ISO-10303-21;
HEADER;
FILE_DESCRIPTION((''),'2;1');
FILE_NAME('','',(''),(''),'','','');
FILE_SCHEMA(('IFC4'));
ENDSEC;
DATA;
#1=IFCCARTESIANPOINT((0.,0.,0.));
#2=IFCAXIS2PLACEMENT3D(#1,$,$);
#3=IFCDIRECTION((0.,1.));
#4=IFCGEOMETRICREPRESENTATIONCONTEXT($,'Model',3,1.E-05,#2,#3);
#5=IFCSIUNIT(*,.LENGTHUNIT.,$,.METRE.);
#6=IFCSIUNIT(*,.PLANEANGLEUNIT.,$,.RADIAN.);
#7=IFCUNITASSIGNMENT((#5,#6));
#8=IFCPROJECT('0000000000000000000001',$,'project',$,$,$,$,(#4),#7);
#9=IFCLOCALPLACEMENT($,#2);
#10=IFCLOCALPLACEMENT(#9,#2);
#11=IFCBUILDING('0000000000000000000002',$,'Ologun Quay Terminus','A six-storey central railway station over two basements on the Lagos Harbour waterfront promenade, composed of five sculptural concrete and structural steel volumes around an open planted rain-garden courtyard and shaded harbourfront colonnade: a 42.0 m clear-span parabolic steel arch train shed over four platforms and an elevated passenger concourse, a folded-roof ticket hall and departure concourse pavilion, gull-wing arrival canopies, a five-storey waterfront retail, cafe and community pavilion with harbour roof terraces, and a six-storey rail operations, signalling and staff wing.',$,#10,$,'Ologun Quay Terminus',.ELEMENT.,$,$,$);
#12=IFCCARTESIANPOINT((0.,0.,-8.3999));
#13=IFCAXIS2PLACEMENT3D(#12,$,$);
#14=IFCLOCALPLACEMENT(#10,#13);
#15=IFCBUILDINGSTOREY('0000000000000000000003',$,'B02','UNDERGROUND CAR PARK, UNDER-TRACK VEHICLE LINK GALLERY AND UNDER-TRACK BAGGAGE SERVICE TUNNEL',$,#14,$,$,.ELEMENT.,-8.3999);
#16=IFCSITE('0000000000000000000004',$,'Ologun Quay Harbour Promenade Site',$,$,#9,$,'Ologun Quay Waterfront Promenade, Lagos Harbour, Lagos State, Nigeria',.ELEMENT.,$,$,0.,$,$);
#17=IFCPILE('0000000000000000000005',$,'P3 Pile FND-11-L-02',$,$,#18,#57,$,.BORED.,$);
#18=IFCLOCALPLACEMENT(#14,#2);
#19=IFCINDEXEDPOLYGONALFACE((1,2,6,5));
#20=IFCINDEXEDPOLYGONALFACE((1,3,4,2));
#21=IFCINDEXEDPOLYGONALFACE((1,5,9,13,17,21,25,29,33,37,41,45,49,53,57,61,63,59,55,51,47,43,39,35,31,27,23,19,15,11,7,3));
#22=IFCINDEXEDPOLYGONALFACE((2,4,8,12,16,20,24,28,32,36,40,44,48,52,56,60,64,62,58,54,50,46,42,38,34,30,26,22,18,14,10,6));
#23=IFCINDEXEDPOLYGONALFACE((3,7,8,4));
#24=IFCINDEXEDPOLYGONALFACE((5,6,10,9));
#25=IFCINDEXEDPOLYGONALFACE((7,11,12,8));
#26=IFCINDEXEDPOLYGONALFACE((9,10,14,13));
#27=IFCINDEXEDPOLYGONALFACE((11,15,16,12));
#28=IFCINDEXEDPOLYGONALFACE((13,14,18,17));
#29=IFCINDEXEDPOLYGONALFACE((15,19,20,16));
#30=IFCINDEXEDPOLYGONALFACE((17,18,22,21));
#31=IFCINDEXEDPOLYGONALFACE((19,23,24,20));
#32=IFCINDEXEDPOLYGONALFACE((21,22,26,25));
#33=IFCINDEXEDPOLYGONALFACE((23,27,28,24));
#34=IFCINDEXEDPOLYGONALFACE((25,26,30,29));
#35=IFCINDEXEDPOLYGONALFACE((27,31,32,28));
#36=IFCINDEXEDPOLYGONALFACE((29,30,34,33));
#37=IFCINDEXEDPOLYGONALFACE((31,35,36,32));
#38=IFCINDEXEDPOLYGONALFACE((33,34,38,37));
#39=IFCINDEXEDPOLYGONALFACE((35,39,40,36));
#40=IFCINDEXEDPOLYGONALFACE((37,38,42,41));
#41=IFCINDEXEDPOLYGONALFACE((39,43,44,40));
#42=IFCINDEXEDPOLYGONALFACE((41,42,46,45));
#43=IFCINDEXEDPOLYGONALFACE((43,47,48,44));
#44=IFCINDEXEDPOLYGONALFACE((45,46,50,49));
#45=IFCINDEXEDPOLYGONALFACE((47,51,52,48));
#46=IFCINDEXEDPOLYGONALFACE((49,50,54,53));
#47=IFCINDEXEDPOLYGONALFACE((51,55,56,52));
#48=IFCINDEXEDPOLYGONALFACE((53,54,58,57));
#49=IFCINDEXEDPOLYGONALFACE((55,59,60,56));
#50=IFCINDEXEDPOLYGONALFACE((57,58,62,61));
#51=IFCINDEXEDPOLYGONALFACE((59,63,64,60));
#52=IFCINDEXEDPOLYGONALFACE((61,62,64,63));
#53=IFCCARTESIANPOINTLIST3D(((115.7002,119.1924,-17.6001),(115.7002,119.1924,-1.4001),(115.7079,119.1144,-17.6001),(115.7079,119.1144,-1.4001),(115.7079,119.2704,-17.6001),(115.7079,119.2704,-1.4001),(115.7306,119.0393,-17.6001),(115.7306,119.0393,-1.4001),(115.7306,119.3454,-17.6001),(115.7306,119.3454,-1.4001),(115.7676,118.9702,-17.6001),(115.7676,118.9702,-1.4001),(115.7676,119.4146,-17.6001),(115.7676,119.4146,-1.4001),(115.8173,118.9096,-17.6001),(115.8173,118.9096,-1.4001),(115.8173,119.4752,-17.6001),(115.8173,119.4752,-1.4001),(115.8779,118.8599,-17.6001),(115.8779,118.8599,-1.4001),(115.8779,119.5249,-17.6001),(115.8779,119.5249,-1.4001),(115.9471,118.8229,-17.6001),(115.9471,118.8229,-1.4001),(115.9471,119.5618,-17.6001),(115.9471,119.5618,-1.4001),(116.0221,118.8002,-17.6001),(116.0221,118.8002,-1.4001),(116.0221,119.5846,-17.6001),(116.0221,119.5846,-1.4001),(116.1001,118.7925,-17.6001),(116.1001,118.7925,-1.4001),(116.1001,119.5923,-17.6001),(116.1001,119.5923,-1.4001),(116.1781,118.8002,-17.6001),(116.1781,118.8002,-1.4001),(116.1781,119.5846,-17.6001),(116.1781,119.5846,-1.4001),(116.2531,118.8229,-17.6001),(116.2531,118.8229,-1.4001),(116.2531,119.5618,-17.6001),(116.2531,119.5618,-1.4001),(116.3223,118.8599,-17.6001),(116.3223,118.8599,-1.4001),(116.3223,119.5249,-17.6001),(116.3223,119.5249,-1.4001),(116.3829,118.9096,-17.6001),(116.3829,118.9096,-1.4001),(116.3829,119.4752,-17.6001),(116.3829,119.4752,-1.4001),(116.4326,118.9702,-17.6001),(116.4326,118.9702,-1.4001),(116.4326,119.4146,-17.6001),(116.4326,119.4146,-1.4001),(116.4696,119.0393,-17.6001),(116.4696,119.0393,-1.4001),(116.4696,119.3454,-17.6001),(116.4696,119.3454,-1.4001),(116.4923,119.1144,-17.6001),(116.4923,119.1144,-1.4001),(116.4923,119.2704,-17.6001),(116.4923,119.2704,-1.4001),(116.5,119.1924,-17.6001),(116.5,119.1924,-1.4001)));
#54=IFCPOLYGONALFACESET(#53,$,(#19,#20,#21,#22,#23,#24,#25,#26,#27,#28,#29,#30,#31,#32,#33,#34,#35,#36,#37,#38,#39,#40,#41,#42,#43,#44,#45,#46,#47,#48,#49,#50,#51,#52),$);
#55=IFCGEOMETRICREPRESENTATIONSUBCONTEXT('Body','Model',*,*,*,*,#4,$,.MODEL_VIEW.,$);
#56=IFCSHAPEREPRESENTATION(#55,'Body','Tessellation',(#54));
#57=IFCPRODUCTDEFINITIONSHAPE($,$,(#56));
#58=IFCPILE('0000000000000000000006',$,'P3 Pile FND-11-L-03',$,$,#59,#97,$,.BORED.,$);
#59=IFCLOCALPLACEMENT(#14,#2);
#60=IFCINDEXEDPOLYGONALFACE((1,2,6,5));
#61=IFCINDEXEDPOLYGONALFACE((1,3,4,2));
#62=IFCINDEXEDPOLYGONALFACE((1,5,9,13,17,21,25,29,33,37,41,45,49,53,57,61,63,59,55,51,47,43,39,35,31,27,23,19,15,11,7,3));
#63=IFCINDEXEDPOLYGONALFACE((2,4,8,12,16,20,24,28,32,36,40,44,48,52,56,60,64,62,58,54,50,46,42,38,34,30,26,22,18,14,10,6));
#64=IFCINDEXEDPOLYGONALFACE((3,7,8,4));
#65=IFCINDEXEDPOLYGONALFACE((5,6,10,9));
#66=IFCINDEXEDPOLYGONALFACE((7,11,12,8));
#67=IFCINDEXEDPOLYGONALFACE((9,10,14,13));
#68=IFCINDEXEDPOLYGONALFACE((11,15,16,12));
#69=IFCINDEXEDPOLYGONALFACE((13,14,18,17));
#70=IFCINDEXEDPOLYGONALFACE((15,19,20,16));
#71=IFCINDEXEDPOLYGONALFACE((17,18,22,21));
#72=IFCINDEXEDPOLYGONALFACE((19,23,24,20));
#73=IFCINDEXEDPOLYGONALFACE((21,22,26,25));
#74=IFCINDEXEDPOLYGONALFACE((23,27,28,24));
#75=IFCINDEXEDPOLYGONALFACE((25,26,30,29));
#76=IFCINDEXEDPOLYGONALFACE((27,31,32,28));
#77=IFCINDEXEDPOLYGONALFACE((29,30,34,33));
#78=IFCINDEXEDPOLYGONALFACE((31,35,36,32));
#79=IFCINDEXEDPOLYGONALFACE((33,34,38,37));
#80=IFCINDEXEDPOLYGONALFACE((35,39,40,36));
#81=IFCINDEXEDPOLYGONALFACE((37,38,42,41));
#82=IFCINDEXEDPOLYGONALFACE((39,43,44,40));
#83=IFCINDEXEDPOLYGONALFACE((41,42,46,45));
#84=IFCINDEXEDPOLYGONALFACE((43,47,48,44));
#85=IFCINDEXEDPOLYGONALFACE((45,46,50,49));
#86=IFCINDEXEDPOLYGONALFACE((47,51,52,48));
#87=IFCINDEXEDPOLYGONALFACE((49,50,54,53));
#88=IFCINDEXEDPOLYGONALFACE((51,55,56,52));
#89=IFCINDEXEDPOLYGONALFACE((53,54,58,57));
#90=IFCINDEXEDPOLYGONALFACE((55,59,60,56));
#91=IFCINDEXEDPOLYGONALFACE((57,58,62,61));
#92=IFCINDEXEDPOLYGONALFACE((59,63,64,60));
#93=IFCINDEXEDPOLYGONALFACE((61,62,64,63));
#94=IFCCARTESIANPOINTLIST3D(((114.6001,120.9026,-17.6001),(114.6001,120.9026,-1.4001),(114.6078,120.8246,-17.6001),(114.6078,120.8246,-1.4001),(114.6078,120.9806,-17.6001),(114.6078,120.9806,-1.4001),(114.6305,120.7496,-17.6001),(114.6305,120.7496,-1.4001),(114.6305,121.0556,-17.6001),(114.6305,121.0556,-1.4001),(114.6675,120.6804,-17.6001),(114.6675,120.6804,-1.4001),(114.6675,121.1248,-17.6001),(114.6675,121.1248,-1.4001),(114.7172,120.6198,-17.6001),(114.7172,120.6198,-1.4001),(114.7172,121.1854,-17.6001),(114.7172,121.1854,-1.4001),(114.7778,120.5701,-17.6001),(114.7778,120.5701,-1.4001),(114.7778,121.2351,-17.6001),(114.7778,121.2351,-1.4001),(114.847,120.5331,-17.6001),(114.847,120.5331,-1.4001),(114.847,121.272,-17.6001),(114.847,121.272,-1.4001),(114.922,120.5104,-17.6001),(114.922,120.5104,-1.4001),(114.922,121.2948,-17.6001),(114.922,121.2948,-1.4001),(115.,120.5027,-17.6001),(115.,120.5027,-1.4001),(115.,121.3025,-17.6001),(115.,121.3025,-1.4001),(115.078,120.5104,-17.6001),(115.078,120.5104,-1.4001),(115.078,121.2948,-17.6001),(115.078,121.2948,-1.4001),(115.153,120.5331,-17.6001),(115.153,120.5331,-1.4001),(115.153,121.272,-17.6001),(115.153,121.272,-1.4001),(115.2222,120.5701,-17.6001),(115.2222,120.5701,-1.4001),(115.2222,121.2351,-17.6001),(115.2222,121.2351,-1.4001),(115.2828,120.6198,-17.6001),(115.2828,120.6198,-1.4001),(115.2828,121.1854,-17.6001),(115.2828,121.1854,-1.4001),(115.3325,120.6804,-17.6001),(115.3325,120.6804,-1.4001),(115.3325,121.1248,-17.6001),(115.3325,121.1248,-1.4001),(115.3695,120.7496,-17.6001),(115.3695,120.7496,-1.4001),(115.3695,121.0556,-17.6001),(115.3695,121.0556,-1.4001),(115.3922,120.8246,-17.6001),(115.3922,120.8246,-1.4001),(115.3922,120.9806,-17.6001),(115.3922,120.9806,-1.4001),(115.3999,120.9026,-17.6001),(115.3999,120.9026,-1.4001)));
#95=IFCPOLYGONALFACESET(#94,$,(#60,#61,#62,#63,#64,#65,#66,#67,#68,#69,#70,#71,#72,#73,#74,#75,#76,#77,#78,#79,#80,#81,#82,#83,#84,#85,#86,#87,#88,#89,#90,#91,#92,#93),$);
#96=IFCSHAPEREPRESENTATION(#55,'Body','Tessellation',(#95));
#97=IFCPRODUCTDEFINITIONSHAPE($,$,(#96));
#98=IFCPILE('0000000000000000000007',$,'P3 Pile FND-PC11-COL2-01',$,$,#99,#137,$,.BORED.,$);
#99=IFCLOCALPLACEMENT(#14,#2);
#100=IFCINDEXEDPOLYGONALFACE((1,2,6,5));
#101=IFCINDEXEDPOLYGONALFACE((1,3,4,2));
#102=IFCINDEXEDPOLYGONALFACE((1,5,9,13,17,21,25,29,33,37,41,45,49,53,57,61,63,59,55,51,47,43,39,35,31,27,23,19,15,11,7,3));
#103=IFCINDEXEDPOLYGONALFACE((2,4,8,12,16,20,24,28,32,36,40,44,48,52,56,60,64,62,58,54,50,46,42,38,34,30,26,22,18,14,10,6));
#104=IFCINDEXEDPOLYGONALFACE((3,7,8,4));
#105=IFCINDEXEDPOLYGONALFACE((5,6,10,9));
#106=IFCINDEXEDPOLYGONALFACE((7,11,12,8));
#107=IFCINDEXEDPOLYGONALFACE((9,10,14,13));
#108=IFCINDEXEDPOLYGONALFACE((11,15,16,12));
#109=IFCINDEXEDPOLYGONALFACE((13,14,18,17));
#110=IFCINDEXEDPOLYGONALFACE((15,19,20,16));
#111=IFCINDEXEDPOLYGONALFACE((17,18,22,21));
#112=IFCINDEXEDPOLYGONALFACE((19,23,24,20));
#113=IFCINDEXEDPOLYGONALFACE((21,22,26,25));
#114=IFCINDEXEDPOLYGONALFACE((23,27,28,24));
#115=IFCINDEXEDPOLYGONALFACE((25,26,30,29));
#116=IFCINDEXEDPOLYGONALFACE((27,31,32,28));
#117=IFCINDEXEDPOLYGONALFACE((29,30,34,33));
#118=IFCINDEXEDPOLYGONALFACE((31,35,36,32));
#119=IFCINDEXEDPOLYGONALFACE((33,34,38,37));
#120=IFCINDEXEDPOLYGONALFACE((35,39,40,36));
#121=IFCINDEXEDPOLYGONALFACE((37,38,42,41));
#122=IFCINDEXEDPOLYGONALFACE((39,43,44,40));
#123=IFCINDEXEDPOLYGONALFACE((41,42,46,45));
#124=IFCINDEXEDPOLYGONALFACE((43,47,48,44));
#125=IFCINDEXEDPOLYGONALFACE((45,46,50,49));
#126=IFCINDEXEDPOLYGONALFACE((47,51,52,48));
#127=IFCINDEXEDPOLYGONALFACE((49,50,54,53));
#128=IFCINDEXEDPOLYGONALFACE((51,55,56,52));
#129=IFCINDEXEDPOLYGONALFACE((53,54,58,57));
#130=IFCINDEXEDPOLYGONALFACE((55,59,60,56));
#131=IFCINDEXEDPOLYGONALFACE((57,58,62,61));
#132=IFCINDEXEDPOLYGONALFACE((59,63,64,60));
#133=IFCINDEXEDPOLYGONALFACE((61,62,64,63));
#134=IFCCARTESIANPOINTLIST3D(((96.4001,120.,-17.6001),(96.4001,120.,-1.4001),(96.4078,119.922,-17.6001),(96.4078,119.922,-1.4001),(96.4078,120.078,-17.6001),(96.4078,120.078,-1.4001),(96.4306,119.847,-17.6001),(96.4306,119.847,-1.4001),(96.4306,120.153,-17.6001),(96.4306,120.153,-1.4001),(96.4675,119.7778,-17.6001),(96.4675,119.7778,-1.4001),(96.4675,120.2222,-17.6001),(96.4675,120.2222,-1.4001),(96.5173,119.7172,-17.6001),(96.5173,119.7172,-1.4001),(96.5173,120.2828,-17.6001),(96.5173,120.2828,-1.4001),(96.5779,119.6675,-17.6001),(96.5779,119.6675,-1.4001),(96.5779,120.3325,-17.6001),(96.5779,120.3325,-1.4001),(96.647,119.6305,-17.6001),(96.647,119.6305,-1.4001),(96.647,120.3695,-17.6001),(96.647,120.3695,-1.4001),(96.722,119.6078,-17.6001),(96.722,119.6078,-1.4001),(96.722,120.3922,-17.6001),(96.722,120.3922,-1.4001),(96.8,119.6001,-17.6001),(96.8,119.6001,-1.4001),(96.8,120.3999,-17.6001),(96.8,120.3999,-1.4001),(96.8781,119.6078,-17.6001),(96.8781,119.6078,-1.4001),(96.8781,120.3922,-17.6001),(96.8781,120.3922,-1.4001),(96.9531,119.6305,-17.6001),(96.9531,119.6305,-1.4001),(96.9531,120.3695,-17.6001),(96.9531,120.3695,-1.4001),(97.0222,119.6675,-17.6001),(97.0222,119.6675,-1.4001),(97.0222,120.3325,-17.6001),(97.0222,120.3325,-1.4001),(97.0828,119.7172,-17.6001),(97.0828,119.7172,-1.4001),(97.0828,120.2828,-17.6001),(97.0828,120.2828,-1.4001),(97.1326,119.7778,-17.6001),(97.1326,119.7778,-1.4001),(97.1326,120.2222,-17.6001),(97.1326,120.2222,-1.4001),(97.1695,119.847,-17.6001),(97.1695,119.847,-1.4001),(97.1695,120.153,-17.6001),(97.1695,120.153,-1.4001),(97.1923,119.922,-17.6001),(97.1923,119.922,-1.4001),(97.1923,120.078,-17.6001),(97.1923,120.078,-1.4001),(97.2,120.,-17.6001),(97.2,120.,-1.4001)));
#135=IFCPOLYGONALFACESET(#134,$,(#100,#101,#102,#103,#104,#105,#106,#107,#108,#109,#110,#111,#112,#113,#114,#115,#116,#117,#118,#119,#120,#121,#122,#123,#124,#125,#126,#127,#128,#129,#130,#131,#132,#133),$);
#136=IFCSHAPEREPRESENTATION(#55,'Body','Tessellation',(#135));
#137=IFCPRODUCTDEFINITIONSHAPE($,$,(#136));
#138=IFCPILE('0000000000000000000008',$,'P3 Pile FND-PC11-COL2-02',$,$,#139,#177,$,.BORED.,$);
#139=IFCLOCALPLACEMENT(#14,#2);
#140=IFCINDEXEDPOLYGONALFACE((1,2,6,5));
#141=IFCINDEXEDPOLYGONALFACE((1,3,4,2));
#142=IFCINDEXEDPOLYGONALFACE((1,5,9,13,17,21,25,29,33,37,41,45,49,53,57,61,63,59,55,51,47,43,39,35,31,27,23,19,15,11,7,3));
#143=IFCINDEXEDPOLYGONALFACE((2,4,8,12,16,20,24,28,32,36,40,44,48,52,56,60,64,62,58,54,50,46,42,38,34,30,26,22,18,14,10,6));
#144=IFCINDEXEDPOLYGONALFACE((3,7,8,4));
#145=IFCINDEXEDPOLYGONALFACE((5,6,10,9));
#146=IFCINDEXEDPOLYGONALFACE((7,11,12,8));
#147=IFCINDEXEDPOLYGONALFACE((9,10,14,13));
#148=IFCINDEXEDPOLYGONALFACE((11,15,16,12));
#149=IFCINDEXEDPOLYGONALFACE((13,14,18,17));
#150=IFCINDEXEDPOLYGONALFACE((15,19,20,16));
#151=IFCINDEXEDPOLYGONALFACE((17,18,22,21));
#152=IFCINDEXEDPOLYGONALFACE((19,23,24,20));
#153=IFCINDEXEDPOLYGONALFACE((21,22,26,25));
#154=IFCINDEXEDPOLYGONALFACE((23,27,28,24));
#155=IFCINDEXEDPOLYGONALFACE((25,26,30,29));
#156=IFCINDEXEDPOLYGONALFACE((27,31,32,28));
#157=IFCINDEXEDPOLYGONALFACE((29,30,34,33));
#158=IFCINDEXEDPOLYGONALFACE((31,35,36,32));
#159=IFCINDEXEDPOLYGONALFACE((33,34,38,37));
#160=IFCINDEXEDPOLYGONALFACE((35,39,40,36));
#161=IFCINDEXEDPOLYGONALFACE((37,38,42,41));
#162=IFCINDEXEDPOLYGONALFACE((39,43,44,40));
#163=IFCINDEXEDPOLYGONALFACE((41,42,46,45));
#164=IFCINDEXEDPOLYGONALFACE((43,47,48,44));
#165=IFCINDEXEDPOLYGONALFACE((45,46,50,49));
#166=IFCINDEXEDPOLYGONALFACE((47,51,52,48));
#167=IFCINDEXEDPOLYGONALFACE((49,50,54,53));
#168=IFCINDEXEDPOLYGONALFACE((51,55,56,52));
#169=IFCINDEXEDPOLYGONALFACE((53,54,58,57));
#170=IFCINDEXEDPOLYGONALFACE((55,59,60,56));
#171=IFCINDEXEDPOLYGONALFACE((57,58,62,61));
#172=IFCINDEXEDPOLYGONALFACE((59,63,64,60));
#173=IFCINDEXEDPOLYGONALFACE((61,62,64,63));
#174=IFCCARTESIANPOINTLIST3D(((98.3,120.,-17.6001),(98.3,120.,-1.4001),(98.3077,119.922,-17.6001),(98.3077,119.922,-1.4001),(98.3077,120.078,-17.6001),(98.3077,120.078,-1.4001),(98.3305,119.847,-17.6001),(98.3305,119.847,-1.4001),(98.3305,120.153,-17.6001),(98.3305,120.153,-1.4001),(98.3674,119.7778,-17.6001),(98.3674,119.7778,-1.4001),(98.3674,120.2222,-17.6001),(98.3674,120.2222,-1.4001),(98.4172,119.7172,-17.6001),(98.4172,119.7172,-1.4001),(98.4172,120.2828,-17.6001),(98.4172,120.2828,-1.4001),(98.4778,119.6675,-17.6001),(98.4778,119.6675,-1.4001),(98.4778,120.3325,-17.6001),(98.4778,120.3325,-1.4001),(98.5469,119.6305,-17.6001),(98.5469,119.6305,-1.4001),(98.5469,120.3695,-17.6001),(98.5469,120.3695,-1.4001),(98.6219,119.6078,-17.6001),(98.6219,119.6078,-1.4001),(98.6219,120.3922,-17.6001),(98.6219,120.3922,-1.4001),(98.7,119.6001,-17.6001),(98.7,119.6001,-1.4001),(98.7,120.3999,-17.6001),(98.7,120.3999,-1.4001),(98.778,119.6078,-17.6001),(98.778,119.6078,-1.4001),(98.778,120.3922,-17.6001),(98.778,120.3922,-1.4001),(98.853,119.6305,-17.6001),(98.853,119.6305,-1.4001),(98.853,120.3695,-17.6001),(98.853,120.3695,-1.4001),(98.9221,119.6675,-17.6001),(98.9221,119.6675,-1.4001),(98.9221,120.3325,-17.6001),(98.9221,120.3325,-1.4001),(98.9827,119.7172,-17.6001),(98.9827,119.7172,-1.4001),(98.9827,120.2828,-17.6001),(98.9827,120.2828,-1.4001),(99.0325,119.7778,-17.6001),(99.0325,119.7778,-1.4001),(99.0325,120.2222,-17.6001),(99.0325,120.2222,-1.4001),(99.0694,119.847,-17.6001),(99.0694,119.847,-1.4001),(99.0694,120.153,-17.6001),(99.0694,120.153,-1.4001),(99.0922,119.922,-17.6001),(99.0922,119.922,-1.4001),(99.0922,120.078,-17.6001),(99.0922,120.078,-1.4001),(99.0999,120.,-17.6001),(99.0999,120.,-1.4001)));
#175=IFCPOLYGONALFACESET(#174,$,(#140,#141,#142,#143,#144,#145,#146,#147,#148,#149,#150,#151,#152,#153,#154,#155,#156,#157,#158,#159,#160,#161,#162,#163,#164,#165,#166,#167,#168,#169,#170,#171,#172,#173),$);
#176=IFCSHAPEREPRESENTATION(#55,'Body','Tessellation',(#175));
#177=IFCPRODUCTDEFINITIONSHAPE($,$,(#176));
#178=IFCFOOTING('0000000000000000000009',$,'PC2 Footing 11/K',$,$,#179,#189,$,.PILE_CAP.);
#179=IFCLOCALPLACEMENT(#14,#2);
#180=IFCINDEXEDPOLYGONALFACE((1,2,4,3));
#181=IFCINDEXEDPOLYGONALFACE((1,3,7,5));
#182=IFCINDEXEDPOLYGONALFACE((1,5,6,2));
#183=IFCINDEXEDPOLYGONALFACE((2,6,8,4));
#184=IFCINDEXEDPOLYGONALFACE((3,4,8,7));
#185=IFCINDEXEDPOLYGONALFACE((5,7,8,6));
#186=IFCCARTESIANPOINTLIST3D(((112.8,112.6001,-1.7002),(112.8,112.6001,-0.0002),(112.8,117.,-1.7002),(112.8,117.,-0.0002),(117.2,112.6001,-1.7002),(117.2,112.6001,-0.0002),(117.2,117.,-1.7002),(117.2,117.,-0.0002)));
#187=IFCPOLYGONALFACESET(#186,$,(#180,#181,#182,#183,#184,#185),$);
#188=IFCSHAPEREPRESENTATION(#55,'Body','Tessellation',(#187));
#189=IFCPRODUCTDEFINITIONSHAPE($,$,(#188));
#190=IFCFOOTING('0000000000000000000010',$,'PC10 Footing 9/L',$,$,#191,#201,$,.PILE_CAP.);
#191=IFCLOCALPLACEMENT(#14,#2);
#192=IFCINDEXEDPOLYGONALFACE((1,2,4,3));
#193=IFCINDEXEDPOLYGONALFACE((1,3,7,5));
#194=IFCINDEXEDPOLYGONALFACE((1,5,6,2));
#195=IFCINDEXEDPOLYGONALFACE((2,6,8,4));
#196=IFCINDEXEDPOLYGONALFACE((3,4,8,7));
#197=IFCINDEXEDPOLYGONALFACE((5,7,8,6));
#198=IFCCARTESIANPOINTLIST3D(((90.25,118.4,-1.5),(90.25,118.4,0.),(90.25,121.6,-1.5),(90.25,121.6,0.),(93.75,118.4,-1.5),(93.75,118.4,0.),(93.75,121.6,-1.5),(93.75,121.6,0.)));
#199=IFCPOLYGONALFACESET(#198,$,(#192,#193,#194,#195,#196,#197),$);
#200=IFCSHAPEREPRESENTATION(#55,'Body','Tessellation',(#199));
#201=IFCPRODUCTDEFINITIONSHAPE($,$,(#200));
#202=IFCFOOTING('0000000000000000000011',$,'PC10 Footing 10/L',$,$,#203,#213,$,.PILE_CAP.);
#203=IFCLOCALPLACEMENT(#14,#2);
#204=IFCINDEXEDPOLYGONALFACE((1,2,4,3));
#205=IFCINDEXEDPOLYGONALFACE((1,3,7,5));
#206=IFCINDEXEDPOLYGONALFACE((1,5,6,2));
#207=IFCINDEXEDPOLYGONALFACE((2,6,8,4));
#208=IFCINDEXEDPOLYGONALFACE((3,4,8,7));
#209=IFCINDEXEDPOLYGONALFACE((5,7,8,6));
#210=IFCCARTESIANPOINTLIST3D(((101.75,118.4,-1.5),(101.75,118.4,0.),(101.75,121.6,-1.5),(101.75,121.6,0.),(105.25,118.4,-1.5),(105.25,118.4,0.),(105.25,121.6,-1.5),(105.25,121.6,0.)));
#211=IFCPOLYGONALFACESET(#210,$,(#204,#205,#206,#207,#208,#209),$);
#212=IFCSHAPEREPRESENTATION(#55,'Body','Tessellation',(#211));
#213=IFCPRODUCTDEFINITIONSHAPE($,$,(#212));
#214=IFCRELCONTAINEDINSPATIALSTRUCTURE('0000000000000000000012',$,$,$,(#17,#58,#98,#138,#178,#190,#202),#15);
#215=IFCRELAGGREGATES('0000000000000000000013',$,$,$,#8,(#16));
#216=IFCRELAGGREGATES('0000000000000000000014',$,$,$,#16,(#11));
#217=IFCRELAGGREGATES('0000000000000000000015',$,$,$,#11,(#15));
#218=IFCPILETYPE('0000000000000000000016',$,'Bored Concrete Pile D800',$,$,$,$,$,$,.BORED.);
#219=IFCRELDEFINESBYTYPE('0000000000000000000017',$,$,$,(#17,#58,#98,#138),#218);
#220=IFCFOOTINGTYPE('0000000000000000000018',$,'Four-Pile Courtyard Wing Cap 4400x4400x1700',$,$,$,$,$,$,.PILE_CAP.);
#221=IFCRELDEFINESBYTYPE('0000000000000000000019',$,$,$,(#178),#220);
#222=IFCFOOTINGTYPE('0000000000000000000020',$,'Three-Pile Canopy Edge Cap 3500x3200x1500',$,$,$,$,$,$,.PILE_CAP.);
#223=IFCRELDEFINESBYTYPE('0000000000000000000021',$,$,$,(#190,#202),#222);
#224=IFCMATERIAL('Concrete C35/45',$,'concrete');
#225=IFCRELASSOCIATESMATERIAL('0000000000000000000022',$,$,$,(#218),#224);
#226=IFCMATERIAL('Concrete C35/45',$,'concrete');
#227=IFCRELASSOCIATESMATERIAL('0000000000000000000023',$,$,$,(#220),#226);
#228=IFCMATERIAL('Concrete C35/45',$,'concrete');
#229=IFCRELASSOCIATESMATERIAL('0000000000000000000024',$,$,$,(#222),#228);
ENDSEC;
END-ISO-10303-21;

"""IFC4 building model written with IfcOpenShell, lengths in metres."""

from ifc_helpers import new_model, si_unit, direction, frame, origin, origin_2d, place, context, subcontext, project, spatial, rectangle, circle, extrude, material, material_profile, profile_set, type_object, element, save


model = new_model("IFC4")

# Units and contexts
model_context = context("Model", 3, precision=1e-05, world=origin(), true_north=direction((0.0, 1.0)))
body_context = subcontext(model_context, "Body", "Model", "MODEL_VIEW")
ifc_project = project(units=[si_unit("LENGTHUNIT", "METRE"), si_unit("PLANEANGLEUNIT", "RADIAN")], contexts=[model_context])

# Site, building, storey
site_placement = place(None, origin())
site = spatial("IfcSite", under=ifc_project, at=site_placement, Name="Ologun Quay Harbour Promenade Site", LongName="Ologun Quay Waterfront Promenade, Lagos Harbour, Lagos State, Nigeria", CompositionType="ELEMENT", RefElevation=0.0)
building_placement = place(site_placement, origin())
building = spatial("IfcBuilding", under=site, at=building_placement, Name="Ologun Quay Terminus", Description="A six-storey central railway station over two basements on the Lagos Harbour waterfront promenade, composed of five sculptural concrete and structural steel volumes around an open planted rain-garden courtyard and shaded harbourfront colonnade: a 42.0 m clear-span parabolic steel arch train shed over four platforms and an elevated passenger concourse, a folded-roof ticket hall and departure concourse pavilion, gull-wing arrival canopies, a five-storey waterfront retail, cafe and community pavilion with harbour roof terraces, and a six-storey rail operations, signalling and staff wing.", LongName="Ologun Quay Terminus", CompositionType="ELEMENT")
storey_placement = place(building_placement, frame((0.0, 0.0, -8.3999)))
storey = spatial("IfcBuildingStorey", under=building, at=storey_placement, Name="B02", Description="UNDERGROUND CAR PARK, UNDER-TRACK VEHICLE LINK GALLERY AND UNDER-TRACK BAGGAGE SERVICE TUNNEL", CompositionType="ELEMENT", Elevation=-8.3999)

# Piles
ifc_material_1 = material(Name="Concrete C35/45", Category="concrete")
ifc_material_profile_1 = material_profile(ifc_material_1, circle(Radius=0.3999, at=origin_2d()), Name="PILE D800")
ifc_profile_set_1 = profile_set([ifc_material_profile_1], Name="Concrete C35/45")
pile_type_1 = type_object("IfcPileType", Name="Bored Concrete Pile D800", PredefinedType="BORED", material=ifc_profile_set_1)
for number, where, z_axis, x_axis, name in (
    (1, (116.1001, 119.1924, -1.4001), (0.0, 0.0, -1.0), (1.0, 0.0, 0.0), "P3 Pile FND-11-L-02"),
    (2, (115.0, 120.9026, -1.4001), (0.0, 0.0, -1.0), (1.0, 0.0, 0.0), "P3 Pile FND-11-L-03"),
    (3, (96.8, 120.0, -1.4001), (0.0, 0.0, -1.0), (1.0, 0.0, 0.0), "P3 Pile FND-PC11-COL2-01"),
    (4, (98.7, 120.0, -1.4001), (0.0, 0.0, -1.0), (1.0, 0.0, 0.0), "P3 Pile FND-PC11-COL2-02"),
):
    element("IfcPile", number, at=place(storey_placement, frame(where, z_axis=z_axis, x_axis=x_axis)), inside=storey, type_object=pile_type_1, Name=name, PredefinedType="BORED", context=body_context, shape_type="SweptSolid", body=[
        extrude(circle(Radius=0.3999, at=origin_2d()), origin(), (0.0, 0.0, 1.0), 16.2),
    ])

# Footings
ifc_material_2 = material(Name="Concrete C35/45", Category="concrete")
footing_type_1 = type_object("IfcFootingType", Name="Four-Pile Courtyard Wing Cap 4400x4400x1700", PredefinedType="PILE_CAP", material=ifc_material_2)
footing_1_placement = place(storey_placement, frame((115.0, 114.8, -1.7002), z_axis=(0.0, 0.0, 1.0), x_axis=(1.0, 0.0, 0.0)))
element("IfcFooting", 5, at=footing_1_placement, inside=storey, type_object=footing_type_1, Name="PC2 Footing 11/K", PredefinedType="PILE_CAP", context=body_context, shape_type="SweptSolid", body=[
    extrude(rectangle(XDim=4.3999, YDim=4.3999, at=origin_2d()), origin(), (0.0, 0.0, 1.0), 1.7),
])
ifc_material_3 = material(Name="Concrete C35/45", Category="concrete")
footing_type_2 = type_object("IfcFootingType", Name="Three-Pile Canopy Edge Cap 3500x3200x1500", PredefinedType="PILE_CAP", material=ifc_material_3)
for number, where, z_axis, x_axis, name in (
    (6, (92.0, 120.0, -1.5), (0.0, 0.0, 1.0), (1.0, 0.0, 0.0), "PC10 Footing 9/L"),
    (7, (103.5, 120.0, -1.5), (0.0, 0.0, 1.0), (1.0, 0.0, 0.0), "PC10 Footing 10/L"),
):
    element("IfcFooting", number, at=place(storey_placement, frame(where, z_axis=z_axis, x_axis=x_axis)), inside=storey, type_object=footing_type_2, Name=name, PredefinedType="PILE_CAP", context=body_context, shape_type="SweptSolid", body=[
        extrude(rectangle(XDim=3.5, YDim=3.2, at=origin_2d()), origin(), (0.0, 0.0, 1.0), 1.5),
    ])

save(model, "model.ifc")
